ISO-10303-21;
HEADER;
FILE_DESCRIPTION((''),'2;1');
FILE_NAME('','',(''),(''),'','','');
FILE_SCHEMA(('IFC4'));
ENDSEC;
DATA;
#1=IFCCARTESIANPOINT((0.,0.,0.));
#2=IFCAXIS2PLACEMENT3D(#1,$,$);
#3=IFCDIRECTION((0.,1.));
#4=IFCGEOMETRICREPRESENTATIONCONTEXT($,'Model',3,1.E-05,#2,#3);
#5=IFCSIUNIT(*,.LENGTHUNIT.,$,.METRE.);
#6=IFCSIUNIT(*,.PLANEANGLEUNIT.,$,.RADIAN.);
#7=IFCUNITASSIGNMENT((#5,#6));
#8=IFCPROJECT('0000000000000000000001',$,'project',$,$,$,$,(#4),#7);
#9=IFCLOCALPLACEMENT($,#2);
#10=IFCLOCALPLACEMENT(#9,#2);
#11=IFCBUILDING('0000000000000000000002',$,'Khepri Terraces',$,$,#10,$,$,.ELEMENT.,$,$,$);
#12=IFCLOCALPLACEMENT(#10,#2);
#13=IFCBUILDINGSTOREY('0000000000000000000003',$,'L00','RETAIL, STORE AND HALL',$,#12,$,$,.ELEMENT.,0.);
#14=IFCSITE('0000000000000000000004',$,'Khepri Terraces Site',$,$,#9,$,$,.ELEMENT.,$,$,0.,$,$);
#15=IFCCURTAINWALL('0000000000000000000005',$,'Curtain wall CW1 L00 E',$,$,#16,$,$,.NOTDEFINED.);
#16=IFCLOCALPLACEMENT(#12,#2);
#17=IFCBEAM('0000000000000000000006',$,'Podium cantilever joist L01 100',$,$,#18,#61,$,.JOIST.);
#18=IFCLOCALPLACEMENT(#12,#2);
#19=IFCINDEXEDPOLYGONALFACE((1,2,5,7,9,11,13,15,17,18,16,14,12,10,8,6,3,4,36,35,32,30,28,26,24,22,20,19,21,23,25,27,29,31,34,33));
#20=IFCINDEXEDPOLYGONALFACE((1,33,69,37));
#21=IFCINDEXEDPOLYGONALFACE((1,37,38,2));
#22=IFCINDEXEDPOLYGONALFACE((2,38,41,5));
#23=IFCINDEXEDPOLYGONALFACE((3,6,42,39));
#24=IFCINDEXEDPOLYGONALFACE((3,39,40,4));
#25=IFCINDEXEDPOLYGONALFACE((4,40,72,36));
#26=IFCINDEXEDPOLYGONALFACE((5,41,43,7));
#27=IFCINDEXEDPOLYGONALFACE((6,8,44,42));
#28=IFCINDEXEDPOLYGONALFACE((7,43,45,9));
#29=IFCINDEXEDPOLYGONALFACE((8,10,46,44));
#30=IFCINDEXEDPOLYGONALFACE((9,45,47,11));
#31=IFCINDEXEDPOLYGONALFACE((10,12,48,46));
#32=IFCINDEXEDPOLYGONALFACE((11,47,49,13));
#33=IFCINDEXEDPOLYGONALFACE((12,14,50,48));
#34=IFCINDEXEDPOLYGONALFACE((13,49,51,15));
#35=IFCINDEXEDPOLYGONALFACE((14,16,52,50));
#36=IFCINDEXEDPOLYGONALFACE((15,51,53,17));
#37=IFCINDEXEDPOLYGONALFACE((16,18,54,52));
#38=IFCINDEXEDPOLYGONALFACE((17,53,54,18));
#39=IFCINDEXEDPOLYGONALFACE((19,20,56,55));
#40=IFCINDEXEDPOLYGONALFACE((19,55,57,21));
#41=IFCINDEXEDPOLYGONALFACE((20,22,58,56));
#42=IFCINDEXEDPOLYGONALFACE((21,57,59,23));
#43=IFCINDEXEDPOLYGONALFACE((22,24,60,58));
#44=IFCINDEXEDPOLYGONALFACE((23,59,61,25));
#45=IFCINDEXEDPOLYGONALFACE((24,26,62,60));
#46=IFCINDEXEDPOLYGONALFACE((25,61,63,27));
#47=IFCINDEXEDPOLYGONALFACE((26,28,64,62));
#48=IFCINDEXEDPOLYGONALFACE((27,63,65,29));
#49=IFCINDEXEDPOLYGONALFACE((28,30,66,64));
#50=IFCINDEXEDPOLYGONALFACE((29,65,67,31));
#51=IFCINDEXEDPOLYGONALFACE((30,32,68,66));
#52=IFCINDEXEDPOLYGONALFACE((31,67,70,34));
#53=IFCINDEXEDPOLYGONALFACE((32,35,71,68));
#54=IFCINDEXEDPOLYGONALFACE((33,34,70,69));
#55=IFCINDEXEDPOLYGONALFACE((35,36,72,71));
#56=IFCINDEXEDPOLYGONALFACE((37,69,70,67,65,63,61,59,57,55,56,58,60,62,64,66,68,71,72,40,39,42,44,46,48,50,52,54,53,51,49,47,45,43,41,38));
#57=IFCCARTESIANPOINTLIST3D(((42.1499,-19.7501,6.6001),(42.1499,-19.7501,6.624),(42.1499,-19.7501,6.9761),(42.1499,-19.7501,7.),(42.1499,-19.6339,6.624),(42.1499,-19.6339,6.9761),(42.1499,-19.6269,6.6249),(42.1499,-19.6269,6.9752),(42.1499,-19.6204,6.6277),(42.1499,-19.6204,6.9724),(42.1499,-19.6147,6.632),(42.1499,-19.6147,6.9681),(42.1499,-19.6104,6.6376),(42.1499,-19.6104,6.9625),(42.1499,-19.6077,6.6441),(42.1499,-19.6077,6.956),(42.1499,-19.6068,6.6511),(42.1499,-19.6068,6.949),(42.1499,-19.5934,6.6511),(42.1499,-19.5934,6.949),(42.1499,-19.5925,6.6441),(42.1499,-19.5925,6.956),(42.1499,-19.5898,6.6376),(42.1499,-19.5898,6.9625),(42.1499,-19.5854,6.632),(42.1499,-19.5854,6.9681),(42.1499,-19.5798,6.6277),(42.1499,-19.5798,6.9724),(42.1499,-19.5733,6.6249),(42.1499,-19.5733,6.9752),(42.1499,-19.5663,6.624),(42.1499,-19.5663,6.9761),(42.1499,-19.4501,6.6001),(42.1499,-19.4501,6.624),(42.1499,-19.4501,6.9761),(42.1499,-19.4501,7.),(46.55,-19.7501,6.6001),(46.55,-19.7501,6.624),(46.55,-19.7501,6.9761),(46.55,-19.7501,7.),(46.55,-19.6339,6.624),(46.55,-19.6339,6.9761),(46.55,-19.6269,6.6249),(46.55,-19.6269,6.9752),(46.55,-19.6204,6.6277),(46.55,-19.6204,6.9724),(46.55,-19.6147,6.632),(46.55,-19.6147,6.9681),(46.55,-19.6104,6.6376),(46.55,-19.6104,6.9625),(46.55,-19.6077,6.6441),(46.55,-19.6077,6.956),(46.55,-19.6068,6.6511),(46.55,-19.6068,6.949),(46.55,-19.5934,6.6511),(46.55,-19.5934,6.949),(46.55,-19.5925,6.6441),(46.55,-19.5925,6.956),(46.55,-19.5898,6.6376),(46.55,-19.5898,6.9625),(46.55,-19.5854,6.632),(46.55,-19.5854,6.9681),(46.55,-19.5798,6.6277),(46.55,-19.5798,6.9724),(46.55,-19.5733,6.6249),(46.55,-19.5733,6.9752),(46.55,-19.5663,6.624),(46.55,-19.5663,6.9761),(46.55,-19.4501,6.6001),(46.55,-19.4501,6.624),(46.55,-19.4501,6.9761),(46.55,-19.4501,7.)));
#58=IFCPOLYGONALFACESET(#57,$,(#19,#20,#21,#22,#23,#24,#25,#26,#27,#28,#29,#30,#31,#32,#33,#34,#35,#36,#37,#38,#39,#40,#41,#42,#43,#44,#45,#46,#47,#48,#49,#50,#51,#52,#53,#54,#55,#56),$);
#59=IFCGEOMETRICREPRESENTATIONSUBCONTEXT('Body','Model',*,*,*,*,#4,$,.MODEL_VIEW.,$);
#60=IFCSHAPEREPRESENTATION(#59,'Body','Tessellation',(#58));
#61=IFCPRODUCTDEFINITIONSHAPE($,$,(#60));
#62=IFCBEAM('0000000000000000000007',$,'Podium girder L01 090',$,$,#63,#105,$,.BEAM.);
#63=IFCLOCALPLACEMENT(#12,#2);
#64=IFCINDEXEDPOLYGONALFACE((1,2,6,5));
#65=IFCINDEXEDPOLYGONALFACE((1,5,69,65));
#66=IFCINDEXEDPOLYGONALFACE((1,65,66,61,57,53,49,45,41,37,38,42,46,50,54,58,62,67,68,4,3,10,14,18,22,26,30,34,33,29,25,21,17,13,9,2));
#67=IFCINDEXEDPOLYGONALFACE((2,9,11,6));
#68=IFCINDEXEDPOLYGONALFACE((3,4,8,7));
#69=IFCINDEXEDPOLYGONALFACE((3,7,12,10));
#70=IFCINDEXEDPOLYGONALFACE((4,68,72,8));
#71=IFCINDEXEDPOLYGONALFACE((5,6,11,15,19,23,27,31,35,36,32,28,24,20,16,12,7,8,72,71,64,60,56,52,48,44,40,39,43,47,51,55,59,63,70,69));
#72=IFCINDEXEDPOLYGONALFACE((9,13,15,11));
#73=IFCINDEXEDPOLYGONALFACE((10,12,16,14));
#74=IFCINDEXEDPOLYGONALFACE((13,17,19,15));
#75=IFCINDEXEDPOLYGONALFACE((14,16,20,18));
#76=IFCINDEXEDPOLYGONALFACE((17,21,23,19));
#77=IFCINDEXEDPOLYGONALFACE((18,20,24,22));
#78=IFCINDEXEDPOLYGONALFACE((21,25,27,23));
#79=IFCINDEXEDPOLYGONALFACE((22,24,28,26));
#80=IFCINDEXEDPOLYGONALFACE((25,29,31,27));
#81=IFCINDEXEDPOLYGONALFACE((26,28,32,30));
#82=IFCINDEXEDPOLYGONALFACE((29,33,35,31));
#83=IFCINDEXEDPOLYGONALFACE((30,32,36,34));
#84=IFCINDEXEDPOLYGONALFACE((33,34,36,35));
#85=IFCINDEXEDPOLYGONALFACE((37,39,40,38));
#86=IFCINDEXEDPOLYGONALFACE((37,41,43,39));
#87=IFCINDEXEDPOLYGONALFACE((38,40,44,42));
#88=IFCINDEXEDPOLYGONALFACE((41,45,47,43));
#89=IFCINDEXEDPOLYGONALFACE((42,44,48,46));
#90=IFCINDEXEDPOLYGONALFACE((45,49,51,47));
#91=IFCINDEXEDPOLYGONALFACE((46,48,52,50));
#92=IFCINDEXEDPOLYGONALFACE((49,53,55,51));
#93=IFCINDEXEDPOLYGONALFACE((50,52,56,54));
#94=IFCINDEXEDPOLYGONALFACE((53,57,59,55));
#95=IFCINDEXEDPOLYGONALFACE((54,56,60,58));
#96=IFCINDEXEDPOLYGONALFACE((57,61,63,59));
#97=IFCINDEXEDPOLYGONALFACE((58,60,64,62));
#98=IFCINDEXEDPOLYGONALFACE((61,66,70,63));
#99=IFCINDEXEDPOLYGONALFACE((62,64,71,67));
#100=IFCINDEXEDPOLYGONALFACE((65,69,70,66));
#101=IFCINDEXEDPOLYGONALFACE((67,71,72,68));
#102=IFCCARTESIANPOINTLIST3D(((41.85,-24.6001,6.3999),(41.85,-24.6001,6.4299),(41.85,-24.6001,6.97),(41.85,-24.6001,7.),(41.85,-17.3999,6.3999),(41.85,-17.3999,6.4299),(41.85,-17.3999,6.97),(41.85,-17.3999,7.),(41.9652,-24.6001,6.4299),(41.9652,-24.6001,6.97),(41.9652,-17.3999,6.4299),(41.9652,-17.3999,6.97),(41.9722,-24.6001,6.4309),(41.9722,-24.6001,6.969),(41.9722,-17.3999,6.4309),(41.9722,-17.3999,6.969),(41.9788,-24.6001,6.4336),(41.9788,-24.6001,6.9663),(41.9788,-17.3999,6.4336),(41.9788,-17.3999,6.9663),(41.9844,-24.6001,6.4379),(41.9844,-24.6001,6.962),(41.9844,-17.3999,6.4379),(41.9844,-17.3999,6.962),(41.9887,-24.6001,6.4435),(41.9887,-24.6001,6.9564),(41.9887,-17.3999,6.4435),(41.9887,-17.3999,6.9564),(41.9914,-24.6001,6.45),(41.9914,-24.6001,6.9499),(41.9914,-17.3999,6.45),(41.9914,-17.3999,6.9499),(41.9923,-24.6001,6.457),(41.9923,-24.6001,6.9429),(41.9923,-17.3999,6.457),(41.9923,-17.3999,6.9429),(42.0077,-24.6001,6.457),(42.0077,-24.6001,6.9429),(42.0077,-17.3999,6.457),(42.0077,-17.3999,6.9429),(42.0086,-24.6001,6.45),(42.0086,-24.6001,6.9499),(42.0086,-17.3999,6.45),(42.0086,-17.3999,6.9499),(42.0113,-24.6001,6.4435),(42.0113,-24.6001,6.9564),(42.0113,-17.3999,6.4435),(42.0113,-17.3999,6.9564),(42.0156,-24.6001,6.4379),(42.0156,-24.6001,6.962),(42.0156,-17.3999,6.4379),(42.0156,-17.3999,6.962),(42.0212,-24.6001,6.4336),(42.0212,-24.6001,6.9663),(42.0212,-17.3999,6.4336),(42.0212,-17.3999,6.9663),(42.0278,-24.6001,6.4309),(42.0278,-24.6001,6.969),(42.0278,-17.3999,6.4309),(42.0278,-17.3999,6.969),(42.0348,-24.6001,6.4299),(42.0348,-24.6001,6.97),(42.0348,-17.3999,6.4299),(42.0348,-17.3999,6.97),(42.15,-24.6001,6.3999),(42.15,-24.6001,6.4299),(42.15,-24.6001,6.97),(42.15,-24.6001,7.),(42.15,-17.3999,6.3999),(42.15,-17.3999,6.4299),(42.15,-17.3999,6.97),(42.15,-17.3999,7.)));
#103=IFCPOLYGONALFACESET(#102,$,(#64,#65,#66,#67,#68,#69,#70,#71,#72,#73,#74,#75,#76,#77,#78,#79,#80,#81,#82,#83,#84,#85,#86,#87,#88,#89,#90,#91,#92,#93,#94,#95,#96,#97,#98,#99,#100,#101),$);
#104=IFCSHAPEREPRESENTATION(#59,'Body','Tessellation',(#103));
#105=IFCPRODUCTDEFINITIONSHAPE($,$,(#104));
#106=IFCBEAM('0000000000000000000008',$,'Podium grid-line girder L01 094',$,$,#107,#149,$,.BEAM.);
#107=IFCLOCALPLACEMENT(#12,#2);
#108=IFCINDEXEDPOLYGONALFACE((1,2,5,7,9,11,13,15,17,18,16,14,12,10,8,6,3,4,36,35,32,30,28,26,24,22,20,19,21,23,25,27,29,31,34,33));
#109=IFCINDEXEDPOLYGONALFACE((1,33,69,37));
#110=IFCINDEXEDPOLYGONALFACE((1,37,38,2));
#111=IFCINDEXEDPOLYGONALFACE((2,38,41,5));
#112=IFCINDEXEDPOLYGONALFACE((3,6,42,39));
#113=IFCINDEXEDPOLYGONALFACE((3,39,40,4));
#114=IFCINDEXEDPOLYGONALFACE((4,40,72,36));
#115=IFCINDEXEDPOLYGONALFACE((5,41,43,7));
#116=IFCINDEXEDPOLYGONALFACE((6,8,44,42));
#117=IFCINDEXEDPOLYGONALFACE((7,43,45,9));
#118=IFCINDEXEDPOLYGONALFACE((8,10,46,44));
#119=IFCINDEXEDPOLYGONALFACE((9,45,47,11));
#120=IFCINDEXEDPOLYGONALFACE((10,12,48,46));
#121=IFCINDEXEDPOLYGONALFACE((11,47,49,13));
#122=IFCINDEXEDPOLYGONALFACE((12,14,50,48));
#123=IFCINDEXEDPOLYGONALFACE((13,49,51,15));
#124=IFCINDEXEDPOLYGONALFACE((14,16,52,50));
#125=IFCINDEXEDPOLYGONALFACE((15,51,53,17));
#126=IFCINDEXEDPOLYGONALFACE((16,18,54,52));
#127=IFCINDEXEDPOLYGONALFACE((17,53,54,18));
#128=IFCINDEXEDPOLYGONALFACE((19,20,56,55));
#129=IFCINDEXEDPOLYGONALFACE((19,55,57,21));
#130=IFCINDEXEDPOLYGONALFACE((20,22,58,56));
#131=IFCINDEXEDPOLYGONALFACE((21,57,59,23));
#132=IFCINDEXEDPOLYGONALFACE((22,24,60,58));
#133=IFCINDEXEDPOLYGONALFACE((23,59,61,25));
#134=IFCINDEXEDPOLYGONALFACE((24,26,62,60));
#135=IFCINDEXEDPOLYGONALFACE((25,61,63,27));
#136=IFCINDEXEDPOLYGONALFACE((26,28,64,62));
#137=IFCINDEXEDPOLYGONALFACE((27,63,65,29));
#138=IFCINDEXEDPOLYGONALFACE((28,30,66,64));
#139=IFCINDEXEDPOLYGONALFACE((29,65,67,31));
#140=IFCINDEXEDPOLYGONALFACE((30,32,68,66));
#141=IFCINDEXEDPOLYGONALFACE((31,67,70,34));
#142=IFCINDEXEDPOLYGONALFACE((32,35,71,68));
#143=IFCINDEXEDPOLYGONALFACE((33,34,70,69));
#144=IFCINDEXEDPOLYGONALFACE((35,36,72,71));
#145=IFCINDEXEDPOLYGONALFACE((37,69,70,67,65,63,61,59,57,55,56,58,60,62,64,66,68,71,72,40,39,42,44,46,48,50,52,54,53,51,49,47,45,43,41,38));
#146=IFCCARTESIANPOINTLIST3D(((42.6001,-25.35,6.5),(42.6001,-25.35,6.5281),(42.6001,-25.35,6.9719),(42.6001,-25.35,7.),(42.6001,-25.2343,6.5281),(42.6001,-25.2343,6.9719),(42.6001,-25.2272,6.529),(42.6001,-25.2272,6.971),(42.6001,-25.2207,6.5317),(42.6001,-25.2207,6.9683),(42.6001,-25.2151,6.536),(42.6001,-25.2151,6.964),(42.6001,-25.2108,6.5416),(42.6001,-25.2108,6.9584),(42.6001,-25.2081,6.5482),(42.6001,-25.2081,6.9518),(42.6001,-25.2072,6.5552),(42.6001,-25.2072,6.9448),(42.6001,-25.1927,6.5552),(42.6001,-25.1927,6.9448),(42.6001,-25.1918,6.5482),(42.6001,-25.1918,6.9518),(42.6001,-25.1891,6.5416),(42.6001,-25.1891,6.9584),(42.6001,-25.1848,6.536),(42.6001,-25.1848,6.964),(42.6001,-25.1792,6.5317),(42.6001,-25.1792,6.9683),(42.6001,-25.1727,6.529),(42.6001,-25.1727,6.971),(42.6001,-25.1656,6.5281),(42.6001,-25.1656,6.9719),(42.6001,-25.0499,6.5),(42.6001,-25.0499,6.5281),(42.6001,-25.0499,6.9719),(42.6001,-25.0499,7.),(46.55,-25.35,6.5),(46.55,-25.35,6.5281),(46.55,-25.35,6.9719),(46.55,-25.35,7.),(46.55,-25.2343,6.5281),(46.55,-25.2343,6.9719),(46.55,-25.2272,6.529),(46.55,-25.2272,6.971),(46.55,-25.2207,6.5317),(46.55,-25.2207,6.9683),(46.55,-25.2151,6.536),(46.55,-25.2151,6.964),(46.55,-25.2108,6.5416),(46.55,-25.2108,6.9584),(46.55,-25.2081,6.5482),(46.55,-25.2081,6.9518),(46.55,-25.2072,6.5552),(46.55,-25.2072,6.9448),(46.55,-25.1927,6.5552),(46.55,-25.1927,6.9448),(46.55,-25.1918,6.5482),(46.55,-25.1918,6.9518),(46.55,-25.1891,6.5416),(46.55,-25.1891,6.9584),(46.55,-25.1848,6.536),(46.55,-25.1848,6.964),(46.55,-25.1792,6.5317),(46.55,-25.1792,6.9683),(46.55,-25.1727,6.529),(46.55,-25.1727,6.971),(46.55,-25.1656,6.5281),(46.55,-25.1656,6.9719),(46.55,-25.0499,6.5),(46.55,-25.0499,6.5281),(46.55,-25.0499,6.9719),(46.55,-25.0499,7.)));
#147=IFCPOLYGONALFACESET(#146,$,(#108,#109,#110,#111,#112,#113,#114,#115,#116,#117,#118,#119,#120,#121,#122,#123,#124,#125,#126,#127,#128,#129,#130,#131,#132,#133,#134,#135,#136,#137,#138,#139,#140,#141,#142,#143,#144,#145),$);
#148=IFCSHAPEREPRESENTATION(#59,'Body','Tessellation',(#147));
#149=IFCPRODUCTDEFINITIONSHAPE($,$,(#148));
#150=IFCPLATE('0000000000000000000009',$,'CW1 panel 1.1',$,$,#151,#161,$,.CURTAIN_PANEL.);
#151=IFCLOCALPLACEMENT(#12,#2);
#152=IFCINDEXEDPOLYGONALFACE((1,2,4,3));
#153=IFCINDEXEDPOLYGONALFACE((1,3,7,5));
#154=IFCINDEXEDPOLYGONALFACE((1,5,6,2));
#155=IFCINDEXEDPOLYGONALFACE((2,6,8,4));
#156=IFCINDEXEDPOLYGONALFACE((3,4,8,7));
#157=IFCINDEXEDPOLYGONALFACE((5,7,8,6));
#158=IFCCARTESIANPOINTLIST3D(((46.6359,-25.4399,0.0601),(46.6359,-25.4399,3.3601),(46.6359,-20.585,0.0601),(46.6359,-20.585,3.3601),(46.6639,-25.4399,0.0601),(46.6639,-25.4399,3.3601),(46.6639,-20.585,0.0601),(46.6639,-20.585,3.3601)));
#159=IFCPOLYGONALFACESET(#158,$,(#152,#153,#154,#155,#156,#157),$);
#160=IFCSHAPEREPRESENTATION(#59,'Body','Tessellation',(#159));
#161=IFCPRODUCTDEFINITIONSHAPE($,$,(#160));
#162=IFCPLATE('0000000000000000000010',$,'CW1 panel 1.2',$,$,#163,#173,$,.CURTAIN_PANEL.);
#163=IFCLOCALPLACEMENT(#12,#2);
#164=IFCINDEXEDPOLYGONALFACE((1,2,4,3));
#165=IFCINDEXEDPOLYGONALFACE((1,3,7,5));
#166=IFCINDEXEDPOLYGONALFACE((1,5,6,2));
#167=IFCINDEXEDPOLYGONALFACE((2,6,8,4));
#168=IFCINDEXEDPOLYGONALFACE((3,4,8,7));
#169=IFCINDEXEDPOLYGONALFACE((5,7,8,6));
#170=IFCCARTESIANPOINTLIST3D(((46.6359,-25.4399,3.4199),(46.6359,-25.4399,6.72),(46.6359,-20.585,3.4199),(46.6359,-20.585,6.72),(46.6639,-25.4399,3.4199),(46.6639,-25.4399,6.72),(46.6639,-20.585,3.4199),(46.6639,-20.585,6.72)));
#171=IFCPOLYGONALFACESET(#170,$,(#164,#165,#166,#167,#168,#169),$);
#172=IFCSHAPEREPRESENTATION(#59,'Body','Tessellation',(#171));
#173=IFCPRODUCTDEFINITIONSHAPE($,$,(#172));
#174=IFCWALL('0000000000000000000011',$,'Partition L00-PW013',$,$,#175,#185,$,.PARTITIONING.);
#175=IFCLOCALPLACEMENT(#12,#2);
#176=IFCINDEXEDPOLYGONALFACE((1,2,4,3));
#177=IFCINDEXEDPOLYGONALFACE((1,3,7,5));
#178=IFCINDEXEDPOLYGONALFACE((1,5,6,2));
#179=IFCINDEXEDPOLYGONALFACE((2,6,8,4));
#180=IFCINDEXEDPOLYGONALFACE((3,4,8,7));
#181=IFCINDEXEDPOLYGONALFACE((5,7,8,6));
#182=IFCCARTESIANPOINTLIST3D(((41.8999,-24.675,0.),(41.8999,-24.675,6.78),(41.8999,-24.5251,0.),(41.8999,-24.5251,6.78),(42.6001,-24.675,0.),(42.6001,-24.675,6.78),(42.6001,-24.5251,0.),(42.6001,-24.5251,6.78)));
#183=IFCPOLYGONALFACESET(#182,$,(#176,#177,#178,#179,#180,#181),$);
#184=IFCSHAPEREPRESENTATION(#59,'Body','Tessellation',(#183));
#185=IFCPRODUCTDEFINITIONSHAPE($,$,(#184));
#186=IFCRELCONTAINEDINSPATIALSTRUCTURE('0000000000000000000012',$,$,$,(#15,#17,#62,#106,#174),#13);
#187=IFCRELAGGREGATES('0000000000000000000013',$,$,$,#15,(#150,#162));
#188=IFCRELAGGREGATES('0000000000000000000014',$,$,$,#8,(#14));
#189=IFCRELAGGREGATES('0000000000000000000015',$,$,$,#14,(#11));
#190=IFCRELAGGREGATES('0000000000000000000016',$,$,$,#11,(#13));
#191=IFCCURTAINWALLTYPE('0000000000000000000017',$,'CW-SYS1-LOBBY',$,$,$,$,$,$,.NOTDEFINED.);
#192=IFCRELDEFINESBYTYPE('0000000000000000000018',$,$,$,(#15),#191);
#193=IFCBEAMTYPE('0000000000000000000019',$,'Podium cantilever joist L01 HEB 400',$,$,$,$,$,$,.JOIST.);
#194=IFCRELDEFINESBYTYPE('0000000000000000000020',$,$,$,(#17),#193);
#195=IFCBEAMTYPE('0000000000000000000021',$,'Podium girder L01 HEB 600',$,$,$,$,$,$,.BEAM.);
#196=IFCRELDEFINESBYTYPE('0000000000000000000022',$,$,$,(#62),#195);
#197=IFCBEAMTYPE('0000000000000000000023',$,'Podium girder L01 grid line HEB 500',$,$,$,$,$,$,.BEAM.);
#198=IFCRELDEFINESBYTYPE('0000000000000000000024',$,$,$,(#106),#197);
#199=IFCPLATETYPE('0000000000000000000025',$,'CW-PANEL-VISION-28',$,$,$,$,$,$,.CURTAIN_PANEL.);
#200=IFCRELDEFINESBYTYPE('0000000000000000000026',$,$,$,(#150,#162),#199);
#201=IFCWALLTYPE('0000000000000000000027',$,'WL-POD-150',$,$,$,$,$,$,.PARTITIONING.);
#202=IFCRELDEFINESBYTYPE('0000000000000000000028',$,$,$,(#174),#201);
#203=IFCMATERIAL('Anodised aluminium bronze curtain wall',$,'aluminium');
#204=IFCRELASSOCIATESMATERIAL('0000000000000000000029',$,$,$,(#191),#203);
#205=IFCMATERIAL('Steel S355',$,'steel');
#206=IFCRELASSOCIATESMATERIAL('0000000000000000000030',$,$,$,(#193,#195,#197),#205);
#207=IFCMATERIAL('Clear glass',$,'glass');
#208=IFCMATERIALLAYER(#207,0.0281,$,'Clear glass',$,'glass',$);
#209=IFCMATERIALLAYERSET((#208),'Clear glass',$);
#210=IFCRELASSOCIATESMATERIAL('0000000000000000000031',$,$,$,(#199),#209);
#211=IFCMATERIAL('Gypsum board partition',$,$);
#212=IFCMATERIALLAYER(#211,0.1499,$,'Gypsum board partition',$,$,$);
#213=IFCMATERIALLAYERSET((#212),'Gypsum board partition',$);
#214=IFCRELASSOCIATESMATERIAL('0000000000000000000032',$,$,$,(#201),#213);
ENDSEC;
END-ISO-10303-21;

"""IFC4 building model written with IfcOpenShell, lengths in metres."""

from ifc_helpers import new_model, si_unit, direction, frame, frame_2d, origin, origin_2d, place, context, subcontext, project, spatial, rectangle, i_section, extrude, material, layer, layer_set, material_profile, profile_set, type_object, element, aggregate, save


model = new_model("IFC4")

# Units and contexts
model_context = context("Model", 3, precision=1e-05, world=origin(), true_north=direction((0.0, 1.0)))
body_context = subcontext(model_context, "Body", "Model", "MODEL_VIEW")
ifc_project = project(units=[si_unit("LENGTHUNIT", "METRE"), si_unit("PLANEANGLEUNIT", "RADIAN")], contexts=[model_context])

# Site, building, storey
site_placement = place(None, origin())
site = spatial("IfcSite", under=ifc_project, at=site_placement, Name="Khepri Terraces Site", CompositionType="ELEMENT", RefElevation=0.0)
building_placement = place(site_placement, origin())
building = spatial("IfcBuilding", under=site, at=building_placement, Name="Khepri Terraces", CompositionType="ELEMENT")
storey_placement = place(building_placement, origin())
storey = spatial("IfcBuildingStorey", under=building, at=storey_placement, Name="L00", Description="RETAIL, STORE AND HALL", CompositionType="ELEMENT", Elevation=0.0)

# Curtain wall
ifc_material_1 = material(Name="Anodised aluminium bronze curtain wall", Category="aluminium")
curtain_wall_type = type_object("IfcCurtainWallType", Name="CW-SYS1-LOBBY", PredefinedType="NOTDEFINED", material=ifc_material_1)
curtain_wall_1_placement = place(storey_placement, origin())
curtain_wall_1 = element("IfcCurtainWall", 1, at=curtain_wall_1_placement, inside=storey, type_object=curtain_wall_type, Name="Curtain wall CW1 L00 E", PredefinedType="NOTDEFINED")

# Beams
ifc_material_2 = material(Name="Steel S355", Category="steel")
ifc_material_profile_1 = material_profile(ifc_material_2, i_section(OverallWidth=0.3, OverallDepth=0.3999, WebThickness=0.0134, FlangeThickness=0.0239, FilletRadius=0.0271, at=origin_2d()), Name="Steel S355", Category="steel")
ifc_profile_set_1 = profile_set([ifc_material_profile_1], Name="Steel S355")
beam_type_1 = type_object("IfcBeamType", Name="Podium cantilever joist L01 HEB 400", PredefinedType="JOIST", material=ifc_profile_set_1)
for number, where, z_axis, x_axis, name in (
    (2, (42.1499, -19.6001, 6.8), (1.0, 0.0, 0.0), (0.0, 1.0, 0.0), "Podium cantilever joist L01 100"),
):
    element("IfcBeam", number, at=place(storey_placement, frame(where, z_axis=z_axis, x_axis=x_axis)), inside=storey, type_object=beam_type_1, Name=name, PredefinedType="JOIST", context=body_context, shape_type="SweptSolid", body=[
        extrude(i_section(OverallWidth=0.3, OverallDepth=0.3999, WebThickness=0.0134, FlangeThickness=0.0239, FilletRadius=0.0271, at=origin_2d()), origin(), (0.0, 0.0, 1.0), 4.4001),
    ])
ifc_material_profile_2 = material_profile(ifc_material_2, i_section(OverallWidth=0.3, OverallDepth=0.6001, WebThickness=0.0154, FlangeThickness=0.03, FilletRadius=0.0271, at=origin_2d()), Name="Steel S355", Category="steel")
ifc_profile_set_2 = profile_set([ifc_material_profile_2], Name="Steel S355")
beam_type_2 = type_object("IfcBeamType", Name="Podium girder L01 HEB 600", PredefinedType="BEAM", material=ifc_profile_set_2)
beam_1_placement = place(storey_placement, frame((42.0, -24.6001, 6.7), z_axis=(0.0, 1.0, 0.0), x_axis=(-1.0, 0.0, 0.0)))
element("IfcBeam", 3, at=beam_1_placement, inside=storey, type_object=beam_type_2, Name="Podium girder L01 090", PredefinedType="BEAM", context=body_context, shape_type="SweptSolid", body=[
    extrude(i_section(OverallWidth=0.3, OverallDepth=0.6001, WebThickness=0.0154, FlangeThickness=0.03, FilletRadius=0.0271, at=origin_2d()), origin(), (0.0, 0.0, 1.0), 7.2002),
])
ifc_material_profile_3 = material_profile(ifc_material_2, i_section(OverallWidth=0.3, OverallDepth=0.5, WebThickness=0.0144, FlangeThickness=0.0281, FilletRadius=0.0271, at=origin_2d()), Name="Steel S355", Category="steel")
ifc_profile_set_3 = profile_set([ifc_material_profile_3], Name="Steel S355")
beam_type_3 = type_object("IfcBeamType", Name="Podium girder L01 grid line HEB 500", PredefinedType="BEAM", material=ifc_profile_set_3)
beam_2_placement = place(storey_placement, frame((42.6001, -25.2, 6.75), z_axis=(1.0, 0.0, 0.0), x_axis=(0.0, 1.0, 0.0)))
element("IfcBeam", 4, at=beam_2_placement, inside=storey, type_object=beam_type_3, Name="Podium grid-line girder L01 094", PredefinedType="BEAM", context=body_context, shape_type="SweptSolid", body=[
    extrude(i_section(OverallWidth=0.3, OverallDepth=0.5, WebThickness=0.0144, FlangeThickness=0.0281, FilletRadius=0.0271, at=origin_2d()), origin(), (0.0, 0.0, 1.0), 3.95),
])

# Plates
ifc_material_3 = material(Name="Clear glass", Category="glass")
ifc_layer_1 = layer(ifc_material_3, 0.0281, Name="Clear glass", Category="glass")
ifc_layer_set_1 = layer_set([ifc_layer_1], Name="Clear glass")
plate_type = type_object("IfcPlateType", Name="CW-PANEL-VISION-28", PredefinedType="CURTAIN_PANEL", material=ifc_layer_set_1)
plate_1_placement = place(storey_placement, frame((46.6499, -23.0125, 0.0601), z_axis=(0.0, 0.0, 1.0), x_axis=(0.0, 1.0, 0.0)))
plate_1 = element("IfcPlate", 5, at=plate_1_placement, type_object=plate_type, Name="CW1 panel 1.1", PredefinedType="CURTAIN_PANEL", context=body_context, shape_type="SweptSolid", body=[
    extrude(rectangle(XDim=4.855, YDim=0.0281, at=origin_2d()), origin(), (0.0, 0.0, 1.0), 3.3),
])
plate_2_placement = place(storey_placement, frame((46.6499, -23.0125, 3.4199), z_axis=(0.0, 0.0, 1.0), x_axis=(0.0, 1.0, 0.0)))
plate_2 = element("IfcPlate", 6, at=plate_2_placement, type_object=plate_type, Name="CW1 panel 1.2", PredefinedType="CURTAIN_PANEL", context=body_context, shape_type="SweptSolid", body=[
    extrude(rectangle(XDim=4.855, YDim=0.0281, at=origin_2d()), origin(), (0.0, 0.0, 1.0), 3.3),
])
aggregate(curtain_wall_1, [plate_1, plate_2])

# Wall
ifc_material_4 = material(Name="Gypsum board partition")
ifc_layer_2 = layer(ifc_material_4, 0.1499, Name="Gypsum board partition")
ifc_layer_set_2 = layer_set([ifc_layer_2], Name="Gypsum board partition")
wall_type_1 = type_object("IfcWallType", Name="WL-POD-150", PredefinedType="PARTITIONING", material=ifc_layer_set_2)
wall_1_placement = place(storey_placement, frame((41.8999, -24.6001, 0.0), z_axis=(0.0, 0.0, 1.0), x_axis=(1.0, 0.0, 0.0)))
element("IfcWall", 7, at=wall_1_placement, inside=storey, type_object=wall_type_1, Name="Partition L00-PW013", PredefinedType="PARTITIONING", context=body_context, shape_type="SweptSolid", body=[
    extrude(rectangle(XDim=0.7002, YDim=0.1499, at=frame_2d((0.3501, 0.0))), origin(), (0.0, 0.0, 1.0), 6.78),
])

save(model, "model.ifc")
